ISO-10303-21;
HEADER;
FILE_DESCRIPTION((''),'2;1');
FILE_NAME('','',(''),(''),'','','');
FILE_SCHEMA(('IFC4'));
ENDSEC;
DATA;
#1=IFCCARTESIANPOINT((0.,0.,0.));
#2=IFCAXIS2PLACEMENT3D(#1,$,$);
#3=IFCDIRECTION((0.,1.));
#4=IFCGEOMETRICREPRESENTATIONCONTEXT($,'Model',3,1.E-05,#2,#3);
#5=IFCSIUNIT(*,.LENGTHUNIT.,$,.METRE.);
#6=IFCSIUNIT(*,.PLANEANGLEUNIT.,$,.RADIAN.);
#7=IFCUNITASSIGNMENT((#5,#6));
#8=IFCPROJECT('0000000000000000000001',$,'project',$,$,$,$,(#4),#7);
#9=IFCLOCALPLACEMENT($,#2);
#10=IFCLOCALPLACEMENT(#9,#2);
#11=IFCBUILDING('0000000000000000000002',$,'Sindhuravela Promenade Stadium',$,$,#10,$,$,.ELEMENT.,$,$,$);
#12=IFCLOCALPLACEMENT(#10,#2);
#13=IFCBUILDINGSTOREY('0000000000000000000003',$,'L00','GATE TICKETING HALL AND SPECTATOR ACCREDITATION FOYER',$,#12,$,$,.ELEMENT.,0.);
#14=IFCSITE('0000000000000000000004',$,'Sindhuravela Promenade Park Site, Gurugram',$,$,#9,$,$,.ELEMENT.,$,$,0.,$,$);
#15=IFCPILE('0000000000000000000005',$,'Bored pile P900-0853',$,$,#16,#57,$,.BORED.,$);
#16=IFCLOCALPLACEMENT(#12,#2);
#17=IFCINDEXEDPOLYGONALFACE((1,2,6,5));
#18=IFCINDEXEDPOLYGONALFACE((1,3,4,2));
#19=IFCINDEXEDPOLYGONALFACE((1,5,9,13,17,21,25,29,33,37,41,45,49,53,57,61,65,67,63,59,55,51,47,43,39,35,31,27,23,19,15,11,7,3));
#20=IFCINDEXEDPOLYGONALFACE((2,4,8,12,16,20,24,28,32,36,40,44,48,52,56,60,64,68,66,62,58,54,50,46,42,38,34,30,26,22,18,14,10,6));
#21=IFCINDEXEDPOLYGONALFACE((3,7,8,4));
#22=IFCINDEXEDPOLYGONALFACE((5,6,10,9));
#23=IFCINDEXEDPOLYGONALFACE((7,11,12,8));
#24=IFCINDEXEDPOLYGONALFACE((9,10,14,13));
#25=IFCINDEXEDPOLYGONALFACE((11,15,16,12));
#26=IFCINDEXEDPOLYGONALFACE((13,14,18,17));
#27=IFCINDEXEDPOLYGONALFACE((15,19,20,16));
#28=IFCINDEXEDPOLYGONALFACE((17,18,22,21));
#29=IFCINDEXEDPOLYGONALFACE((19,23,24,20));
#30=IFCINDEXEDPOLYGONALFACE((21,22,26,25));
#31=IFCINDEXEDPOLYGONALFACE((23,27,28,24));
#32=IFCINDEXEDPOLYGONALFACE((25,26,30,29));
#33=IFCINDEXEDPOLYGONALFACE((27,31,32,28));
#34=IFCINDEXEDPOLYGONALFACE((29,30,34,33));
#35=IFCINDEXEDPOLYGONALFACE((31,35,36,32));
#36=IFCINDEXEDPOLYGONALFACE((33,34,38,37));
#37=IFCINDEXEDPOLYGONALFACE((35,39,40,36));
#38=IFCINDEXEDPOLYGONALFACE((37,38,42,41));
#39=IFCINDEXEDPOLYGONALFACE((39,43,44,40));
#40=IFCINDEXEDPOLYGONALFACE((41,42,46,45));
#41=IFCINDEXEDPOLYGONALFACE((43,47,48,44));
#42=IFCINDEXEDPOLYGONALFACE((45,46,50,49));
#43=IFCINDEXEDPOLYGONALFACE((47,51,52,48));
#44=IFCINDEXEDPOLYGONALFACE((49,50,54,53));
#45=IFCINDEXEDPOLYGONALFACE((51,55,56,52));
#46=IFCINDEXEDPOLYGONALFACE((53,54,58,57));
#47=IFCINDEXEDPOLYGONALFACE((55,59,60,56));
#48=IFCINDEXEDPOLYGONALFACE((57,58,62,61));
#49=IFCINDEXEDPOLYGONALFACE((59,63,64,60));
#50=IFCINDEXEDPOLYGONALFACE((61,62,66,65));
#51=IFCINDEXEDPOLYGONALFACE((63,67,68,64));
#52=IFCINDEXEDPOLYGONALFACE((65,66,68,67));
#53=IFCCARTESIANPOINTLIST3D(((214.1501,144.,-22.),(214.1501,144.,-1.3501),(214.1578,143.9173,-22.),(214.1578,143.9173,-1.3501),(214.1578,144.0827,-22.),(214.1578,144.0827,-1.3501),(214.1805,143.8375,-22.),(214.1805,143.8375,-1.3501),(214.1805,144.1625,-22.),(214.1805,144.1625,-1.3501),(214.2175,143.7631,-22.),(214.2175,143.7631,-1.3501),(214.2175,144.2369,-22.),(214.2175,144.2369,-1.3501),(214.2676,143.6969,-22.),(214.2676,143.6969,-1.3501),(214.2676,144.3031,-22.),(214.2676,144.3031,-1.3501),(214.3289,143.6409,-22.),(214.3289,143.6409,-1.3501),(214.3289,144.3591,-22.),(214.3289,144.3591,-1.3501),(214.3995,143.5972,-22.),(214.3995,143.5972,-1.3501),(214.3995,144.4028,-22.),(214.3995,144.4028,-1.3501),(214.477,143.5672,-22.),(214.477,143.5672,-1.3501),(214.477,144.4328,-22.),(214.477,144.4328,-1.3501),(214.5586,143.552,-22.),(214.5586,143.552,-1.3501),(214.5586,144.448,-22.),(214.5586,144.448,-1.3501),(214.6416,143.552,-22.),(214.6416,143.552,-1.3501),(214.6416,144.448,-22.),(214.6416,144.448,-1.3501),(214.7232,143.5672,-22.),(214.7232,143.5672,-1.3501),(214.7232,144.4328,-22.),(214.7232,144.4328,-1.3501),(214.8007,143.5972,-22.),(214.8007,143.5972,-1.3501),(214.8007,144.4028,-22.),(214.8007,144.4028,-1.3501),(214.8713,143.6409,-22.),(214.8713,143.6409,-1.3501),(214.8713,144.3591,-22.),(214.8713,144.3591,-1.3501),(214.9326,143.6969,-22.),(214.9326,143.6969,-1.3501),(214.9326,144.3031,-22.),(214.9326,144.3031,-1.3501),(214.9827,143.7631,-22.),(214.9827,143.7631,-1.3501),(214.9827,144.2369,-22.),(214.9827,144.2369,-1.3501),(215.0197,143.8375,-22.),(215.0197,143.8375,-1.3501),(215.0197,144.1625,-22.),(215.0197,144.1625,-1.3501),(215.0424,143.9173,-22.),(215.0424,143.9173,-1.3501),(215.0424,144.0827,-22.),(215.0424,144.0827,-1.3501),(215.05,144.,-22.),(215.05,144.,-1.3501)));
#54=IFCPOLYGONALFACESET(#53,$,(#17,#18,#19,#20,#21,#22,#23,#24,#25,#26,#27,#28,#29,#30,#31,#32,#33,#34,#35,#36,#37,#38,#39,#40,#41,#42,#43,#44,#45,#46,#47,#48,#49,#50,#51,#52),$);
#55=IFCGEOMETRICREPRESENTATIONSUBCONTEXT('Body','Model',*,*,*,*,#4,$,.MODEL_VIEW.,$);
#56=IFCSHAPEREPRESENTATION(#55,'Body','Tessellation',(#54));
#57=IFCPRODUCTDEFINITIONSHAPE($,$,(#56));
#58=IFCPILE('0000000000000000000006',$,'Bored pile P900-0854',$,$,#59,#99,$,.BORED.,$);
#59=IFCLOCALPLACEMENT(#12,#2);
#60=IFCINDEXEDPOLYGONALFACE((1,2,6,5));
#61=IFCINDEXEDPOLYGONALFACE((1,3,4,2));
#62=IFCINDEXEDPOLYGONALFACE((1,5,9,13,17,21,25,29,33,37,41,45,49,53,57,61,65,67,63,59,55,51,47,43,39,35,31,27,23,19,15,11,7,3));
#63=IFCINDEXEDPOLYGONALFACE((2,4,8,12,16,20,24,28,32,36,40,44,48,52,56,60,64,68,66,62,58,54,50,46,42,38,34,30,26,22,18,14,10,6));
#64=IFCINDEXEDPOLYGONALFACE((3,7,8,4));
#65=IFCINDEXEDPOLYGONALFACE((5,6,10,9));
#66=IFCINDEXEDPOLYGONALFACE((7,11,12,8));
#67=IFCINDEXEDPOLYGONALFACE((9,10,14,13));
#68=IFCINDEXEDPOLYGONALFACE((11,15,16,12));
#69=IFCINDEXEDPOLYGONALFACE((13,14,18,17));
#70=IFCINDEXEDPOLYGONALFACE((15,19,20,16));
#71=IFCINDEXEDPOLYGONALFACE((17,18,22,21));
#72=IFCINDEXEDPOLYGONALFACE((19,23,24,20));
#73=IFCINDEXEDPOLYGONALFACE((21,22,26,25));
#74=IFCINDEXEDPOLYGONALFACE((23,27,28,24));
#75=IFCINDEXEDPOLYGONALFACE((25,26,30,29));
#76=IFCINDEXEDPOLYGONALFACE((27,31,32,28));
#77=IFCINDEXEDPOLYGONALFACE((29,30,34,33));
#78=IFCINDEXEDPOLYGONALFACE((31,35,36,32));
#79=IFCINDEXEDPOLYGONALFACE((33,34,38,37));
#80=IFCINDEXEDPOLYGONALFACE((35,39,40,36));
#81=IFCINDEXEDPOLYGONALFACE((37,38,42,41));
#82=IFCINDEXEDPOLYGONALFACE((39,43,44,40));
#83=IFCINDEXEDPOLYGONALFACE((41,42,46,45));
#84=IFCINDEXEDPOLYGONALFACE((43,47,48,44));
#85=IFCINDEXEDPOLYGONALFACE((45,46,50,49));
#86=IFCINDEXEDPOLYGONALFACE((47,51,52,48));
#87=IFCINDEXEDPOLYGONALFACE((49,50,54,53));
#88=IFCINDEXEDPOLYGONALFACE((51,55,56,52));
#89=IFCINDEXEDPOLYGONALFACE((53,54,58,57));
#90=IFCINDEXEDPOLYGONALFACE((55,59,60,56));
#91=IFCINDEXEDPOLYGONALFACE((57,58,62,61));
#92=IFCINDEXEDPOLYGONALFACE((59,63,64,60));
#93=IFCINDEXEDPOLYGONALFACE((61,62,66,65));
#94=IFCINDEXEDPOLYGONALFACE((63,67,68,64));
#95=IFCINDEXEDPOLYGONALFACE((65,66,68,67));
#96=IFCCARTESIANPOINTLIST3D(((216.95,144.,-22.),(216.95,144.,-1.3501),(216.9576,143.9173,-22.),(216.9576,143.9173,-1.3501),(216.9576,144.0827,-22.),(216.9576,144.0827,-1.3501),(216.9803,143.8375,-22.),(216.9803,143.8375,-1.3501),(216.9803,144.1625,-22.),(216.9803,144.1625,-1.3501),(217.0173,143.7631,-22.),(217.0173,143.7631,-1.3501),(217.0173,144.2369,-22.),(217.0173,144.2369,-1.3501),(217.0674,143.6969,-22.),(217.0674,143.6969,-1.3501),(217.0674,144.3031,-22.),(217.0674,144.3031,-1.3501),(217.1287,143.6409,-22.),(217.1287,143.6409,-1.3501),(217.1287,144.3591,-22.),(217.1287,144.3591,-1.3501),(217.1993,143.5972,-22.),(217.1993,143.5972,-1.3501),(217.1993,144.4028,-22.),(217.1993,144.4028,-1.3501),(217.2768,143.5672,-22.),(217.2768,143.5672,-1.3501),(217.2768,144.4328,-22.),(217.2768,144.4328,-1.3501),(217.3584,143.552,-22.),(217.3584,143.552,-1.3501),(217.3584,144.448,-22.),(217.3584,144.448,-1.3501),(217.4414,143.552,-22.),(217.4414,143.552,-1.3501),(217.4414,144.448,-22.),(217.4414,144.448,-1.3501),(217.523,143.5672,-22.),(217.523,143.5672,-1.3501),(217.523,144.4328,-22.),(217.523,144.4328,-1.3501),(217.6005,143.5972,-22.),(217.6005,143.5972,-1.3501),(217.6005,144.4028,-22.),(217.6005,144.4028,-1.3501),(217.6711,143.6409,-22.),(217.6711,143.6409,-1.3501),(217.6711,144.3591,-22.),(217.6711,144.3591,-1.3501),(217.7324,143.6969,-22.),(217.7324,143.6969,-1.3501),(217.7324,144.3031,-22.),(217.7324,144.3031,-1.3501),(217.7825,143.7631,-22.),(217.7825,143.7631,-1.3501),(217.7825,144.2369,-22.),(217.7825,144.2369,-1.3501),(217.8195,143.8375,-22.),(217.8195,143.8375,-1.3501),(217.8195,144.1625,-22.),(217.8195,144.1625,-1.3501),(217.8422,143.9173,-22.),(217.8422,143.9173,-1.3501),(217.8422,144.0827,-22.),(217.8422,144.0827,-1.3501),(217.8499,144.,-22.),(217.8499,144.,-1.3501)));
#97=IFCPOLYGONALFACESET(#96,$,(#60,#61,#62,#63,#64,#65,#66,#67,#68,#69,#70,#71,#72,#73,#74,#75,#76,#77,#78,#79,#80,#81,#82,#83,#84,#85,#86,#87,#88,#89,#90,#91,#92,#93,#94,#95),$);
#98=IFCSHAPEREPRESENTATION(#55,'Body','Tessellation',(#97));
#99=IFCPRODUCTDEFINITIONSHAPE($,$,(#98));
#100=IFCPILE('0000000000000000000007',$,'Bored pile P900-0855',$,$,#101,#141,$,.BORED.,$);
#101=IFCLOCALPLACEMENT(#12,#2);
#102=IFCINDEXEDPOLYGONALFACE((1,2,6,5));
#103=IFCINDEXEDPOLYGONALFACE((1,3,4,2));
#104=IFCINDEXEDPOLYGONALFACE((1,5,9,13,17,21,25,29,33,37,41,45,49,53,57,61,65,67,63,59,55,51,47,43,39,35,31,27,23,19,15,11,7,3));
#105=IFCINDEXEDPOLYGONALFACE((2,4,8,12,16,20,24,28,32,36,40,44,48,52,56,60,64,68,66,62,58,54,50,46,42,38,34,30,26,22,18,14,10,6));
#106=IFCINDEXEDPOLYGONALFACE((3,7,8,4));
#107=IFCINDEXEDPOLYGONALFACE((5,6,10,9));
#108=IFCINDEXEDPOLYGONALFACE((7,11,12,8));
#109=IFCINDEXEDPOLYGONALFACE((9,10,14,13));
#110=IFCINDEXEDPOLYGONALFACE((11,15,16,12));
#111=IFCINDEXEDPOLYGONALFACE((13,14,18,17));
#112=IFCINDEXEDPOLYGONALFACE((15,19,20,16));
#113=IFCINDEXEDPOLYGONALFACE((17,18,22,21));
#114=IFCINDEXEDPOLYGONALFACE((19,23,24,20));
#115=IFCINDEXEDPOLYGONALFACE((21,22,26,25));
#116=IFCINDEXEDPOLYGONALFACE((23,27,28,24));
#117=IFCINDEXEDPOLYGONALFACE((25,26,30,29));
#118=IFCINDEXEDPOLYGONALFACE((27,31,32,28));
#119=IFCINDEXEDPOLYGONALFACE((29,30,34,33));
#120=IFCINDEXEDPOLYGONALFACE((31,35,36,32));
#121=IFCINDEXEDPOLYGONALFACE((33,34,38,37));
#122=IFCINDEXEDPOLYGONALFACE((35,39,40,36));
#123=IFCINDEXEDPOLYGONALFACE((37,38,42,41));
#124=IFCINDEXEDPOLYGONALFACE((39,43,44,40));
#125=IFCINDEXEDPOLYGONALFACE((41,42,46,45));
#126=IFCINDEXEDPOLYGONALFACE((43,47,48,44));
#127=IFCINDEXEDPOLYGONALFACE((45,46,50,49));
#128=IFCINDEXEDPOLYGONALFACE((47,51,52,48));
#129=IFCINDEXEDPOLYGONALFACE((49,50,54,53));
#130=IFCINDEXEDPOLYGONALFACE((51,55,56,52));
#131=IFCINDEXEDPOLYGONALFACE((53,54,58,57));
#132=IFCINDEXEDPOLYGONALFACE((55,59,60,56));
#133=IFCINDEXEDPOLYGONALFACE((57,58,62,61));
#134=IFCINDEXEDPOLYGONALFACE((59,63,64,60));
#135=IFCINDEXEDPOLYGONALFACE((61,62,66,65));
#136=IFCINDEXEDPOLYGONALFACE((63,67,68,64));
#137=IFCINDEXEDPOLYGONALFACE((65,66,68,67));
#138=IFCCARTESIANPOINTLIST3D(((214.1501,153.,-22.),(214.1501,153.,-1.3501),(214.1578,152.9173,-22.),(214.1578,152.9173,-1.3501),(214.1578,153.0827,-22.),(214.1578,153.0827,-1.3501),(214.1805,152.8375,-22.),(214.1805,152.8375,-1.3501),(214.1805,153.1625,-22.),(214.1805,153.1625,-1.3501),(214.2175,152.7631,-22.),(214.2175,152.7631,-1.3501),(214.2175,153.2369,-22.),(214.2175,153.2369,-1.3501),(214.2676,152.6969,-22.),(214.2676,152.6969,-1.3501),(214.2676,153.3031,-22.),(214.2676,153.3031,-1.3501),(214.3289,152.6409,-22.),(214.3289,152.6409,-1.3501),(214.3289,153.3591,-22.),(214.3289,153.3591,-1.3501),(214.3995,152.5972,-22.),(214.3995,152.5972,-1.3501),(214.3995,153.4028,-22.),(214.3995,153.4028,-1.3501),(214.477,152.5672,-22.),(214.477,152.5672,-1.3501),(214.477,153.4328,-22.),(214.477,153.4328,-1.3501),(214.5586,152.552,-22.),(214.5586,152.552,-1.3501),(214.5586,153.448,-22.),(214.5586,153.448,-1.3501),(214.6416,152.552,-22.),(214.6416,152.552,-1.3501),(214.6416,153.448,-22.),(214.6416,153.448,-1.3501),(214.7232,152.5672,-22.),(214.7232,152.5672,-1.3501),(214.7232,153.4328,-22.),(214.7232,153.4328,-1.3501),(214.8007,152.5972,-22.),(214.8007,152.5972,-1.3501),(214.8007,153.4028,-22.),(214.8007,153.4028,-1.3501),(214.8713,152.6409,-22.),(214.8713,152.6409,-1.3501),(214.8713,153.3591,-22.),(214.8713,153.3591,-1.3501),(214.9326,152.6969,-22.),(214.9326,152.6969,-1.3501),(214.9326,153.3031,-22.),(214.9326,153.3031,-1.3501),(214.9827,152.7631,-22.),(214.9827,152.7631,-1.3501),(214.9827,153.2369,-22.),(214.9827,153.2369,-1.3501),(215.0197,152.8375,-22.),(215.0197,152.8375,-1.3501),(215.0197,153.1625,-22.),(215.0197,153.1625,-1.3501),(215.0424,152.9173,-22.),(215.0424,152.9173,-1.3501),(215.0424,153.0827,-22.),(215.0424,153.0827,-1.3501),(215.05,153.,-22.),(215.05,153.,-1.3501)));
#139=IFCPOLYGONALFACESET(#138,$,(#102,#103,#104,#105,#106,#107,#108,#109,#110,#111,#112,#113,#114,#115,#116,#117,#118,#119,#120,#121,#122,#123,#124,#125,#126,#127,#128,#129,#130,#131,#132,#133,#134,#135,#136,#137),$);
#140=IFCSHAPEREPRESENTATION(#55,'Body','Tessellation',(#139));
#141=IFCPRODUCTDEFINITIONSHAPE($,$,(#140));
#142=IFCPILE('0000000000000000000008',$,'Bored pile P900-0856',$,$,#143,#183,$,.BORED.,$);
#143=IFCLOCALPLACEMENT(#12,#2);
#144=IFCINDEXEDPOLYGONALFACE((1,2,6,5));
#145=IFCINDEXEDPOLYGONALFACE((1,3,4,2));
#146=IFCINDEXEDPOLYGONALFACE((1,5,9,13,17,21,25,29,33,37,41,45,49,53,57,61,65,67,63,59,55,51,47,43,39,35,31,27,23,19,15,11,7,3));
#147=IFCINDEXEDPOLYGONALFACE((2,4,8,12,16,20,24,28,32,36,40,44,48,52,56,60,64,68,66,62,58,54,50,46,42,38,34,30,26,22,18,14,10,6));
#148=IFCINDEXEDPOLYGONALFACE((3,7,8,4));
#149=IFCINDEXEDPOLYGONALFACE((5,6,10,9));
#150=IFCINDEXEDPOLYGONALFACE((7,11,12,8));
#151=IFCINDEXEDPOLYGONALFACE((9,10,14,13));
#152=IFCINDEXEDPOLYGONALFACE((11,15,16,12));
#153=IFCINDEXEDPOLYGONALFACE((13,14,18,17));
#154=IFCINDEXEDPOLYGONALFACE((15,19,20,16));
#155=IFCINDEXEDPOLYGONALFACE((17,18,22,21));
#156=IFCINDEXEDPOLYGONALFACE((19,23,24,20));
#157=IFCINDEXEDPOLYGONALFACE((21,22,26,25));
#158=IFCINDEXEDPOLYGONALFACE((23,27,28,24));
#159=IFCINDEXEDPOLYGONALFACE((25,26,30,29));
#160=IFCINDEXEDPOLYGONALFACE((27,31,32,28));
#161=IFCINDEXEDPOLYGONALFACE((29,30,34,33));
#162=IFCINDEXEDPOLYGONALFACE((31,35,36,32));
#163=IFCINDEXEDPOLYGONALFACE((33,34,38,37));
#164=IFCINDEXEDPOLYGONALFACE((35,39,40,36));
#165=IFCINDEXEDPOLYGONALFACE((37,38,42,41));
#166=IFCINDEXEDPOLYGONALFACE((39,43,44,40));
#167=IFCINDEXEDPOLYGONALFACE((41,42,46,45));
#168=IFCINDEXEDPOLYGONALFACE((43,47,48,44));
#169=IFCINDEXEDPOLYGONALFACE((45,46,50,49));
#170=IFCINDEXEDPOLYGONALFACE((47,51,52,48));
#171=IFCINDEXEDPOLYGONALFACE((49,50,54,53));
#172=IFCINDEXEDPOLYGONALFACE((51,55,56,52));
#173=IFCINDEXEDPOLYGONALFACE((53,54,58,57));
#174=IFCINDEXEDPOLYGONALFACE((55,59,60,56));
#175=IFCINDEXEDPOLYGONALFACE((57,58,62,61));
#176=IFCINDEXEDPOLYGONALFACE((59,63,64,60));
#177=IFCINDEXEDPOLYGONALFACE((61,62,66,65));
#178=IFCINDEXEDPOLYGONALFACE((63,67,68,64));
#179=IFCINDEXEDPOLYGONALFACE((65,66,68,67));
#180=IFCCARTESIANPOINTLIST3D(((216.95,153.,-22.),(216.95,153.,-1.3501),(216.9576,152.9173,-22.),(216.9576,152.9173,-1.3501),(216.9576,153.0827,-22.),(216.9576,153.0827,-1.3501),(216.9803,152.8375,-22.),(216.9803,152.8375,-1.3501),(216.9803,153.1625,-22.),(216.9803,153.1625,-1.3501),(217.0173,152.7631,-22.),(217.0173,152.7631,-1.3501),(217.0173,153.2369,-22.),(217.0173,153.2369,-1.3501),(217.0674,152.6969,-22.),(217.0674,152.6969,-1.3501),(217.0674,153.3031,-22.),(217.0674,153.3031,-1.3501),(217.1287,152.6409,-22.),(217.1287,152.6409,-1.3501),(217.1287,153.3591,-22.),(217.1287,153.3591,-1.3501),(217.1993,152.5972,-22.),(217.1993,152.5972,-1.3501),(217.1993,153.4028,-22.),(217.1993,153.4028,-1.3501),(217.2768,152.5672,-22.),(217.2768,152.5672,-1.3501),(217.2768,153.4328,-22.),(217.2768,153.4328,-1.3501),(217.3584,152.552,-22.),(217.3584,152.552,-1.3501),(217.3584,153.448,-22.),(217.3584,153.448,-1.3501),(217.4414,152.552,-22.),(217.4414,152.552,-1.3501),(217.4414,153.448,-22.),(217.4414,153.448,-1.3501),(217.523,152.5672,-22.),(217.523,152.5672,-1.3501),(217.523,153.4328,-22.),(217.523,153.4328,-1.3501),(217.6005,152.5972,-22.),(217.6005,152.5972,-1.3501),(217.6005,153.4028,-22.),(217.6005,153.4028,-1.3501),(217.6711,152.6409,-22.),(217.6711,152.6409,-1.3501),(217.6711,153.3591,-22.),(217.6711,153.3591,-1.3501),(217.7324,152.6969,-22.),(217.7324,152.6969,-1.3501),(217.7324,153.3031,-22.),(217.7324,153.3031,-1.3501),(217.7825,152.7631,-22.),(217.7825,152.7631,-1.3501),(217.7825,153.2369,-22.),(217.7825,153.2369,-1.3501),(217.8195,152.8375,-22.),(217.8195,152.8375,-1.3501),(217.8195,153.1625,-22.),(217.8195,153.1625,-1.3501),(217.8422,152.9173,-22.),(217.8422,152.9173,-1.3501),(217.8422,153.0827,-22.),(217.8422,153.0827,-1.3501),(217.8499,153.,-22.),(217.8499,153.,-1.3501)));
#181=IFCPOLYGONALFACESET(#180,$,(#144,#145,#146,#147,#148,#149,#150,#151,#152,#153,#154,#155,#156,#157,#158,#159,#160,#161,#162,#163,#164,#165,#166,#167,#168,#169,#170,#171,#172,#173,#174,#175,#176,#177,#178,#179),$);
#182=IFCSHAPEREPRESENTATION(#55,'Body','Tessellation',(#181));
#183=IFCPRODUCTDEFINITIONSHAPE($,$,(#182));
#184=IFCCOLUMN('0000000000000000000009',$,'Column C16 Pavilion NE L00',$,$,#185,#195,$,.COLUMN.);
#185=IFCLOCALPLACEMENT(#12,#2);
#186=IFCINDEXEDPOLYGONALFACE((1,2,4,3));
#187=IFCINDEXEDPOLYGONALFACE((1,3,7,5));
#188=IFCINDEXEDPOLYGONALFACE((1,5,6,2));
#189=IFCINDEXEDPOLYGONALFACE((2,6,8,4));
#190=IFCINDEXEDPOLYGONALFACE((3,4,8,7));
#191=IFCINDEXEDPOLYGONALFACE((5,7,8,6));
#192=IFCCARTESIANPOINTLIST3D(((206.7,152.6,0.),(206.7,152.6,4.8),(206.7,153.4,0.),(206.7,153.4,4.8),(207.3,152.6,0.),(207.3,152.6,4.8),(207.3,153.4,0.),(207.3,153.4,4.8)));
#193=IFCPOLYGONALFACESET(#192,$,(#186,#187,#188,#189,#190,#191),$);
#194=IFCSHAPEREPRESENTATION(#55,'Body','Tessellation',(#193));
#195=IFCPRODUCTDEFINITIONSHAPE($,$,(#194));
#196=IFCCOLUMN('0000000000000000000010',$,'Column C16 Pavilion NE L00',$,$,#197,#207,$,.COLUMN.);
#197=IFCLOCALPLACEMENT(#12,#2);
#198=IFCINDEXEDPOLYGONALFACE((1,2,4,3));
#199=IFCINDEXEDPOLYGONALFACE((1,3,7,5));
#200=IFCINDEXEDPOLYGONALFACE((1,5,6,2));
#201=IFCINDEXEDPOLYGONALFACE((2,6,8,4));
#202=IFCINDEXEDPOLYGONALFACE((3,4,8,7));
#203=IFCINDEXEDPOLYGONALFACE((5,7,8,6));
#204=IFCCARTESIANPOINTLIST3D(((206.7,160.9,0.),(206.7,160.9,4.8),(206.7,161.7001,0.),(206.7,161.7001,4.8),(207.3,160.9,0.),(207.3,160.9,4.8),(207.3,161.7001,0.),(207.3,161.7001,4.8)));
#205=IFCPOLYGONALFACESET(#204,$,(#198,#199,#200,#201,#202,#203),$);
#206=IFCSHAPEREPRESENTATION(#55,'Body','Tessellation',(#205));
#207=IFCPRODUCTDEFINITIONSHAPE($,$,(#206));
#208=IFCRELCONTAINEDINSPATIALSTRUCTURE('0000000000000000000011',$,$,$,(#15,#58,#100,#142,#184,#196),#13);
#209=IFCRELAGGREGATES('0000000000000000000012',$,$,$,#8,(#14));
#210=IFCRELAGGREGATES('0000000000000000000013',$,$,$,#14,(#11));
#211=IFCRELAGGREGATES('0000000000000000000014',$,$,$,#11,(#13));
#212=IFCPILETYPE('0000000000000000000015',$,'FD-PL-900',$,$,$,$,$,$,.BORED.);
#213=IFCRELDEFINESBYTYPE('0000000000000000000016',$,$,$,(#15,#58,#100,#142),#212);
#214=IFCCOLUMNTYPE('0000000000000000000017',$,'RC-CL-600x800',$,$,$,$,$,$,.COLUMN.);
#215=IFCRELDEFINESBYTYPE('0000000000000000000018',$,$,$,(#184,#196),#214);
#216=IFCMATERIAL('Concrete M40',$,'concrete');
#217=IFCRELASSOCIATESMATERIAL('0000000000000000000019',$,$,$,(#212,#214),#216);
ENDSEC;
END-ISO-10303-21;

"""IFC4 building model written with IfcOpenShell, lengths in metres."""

from ifc_helpers import new_model, si_unit, direction, frame, origin, origin_2d, place, context, subcontext, project, spatial, rectangle, circle, extrude, material, material_profile, profile_set, type_object, element, save


model = new_model("IFC4")

# Units and contexts
model_context = context("Model", 3, precision=1e-05, world=origin(), true_north=direction((0.0, 1.0)))
body_context = subcontext(model_context, "Body", "Model", "MODEL_VIEW")
ifc_project = project(units=[si_unit("LENGTHUNIT", "METRE"), si_unit("PLANEANGLEUNIT", "RADIAN")], contexts=[model_context])

# Site, building, storey
site_placement = place(None, origin())
site = spatial("IfcSite", under=ifc_project, at=site_placement, Name="Sindhuravela Promenade Park Site, Gurugram", CompositionType="ELEMENT", RefElevation=0.0)
building_placement = place(site_placement, origin())
building = spatial("IfcBuilding", under=site, at=building_placement, Name="Sindhuravela Promenade Stadium", CompositionType="ELEMENT")
storey_placement = place(building_placement, origin())
storey = spatial("IfcBuildingStorey", under=building, at=storey_placement, Name="L00", Description="GATE TICKETING HALL AND SPECTATOR ACCREDITATION FOYER", CompositionType="ELEMENT", Elevation=0.0)

# Piles
ifc_material_1 = material(Name="Concrete M40", Category="concrete")
ifc_material_profile_1 = material_profile(ifc_material_1, circle(Radius=0.45, at=origin_2d()), Name="BORED PILE D900")
ifc_profile_set_1 = profile_set([ifc_material_profile_1], Name="Concrete M40")
pile_type_1 = type_object("IfcPileType", Name="FD-PL-900", PredefinedType="BORED", material=ifc_profile_set_1)
for number, where, z_axis, x_axis, name in (
    (1, (214.6001, 144.0, -1.3501), (0.0, 0.0, -1.0), (1.0, 0.0, 0.0), "Bored pile P900-0853"),
    (2, (217.3999, 144.0, -1.3501), (0.0, 0.0, -1.0), (1.0, 0.0, 0.0), "Bored pile P900-0854"),
    (3, (214.6001, 153.0, -1.3501), (0.0, 0.0, -1.0), (1.0, 0.0, 0.0), "Bored pile P900-0855"),
    (4, (217.3999, 153.0, -1.3501), (0.0, 0.0, -1.0), (1.0, 0.0, 0.0), "Bored pile P900-0856"),
):
    element("IfcPile", number, at=place(storey_placement, frame(where, z_axis=z_axis, x_axis=x_axis)), inside=storey, type_object=pile_type_1, Name=name, PredefinedType="BORED", context=body_context, shape_type="SweptSolid", body=[
        extrude(circle(Radius=0.45, at=origin_2d()), origin(), (0.0, 0.0, 1.0), 20.6499),
    ])

# Columns
ifc_material_profile_2 = material_profile(ifc_material_1, rectangle(XDim=0.6001, YDim=0.8, at=origin_2d()), Name="RC 600x800")
ifc_profile_set_2 = profile_set([ifc_material_profile_2], Name="Concrete M40")
column_type_1 = type_object("IfcColumnType", Name="RC-CL-600x800", PredefinedType="COLUMN", material=ifc_profile_set_2)
for number, where, z_axis, x_axis, name in (
    (5, (207.0, 153.0, 0.0), (0.0, 0.0, 1.0), (1.0, 0.0, 0.0), "Column C16 Pavilion NE L00"),
    (6, (207.0, 161.3, 0.0), (0.0, 0.0, 1.0), (1.0, 0.0, 0.0), "Column C16 Pavilion NE L00"),
):
    element("IfcColumn", number, at=place(storey_placement, frame(where, z_axis=z_axis, x_axis=x_axis)), inside=storey, type_object=column_type_1, Name=name, PredefinedType="COLUMN", context=body_context, shape_type="SweptSolid", body=[
        extrude(rectangle(XDim=0.6001, YDim=0.8, at=origin_2d()), origin(), (0.0, 0.0, 1.0), 4.8),
    ])

save(model, "model.ifc")
